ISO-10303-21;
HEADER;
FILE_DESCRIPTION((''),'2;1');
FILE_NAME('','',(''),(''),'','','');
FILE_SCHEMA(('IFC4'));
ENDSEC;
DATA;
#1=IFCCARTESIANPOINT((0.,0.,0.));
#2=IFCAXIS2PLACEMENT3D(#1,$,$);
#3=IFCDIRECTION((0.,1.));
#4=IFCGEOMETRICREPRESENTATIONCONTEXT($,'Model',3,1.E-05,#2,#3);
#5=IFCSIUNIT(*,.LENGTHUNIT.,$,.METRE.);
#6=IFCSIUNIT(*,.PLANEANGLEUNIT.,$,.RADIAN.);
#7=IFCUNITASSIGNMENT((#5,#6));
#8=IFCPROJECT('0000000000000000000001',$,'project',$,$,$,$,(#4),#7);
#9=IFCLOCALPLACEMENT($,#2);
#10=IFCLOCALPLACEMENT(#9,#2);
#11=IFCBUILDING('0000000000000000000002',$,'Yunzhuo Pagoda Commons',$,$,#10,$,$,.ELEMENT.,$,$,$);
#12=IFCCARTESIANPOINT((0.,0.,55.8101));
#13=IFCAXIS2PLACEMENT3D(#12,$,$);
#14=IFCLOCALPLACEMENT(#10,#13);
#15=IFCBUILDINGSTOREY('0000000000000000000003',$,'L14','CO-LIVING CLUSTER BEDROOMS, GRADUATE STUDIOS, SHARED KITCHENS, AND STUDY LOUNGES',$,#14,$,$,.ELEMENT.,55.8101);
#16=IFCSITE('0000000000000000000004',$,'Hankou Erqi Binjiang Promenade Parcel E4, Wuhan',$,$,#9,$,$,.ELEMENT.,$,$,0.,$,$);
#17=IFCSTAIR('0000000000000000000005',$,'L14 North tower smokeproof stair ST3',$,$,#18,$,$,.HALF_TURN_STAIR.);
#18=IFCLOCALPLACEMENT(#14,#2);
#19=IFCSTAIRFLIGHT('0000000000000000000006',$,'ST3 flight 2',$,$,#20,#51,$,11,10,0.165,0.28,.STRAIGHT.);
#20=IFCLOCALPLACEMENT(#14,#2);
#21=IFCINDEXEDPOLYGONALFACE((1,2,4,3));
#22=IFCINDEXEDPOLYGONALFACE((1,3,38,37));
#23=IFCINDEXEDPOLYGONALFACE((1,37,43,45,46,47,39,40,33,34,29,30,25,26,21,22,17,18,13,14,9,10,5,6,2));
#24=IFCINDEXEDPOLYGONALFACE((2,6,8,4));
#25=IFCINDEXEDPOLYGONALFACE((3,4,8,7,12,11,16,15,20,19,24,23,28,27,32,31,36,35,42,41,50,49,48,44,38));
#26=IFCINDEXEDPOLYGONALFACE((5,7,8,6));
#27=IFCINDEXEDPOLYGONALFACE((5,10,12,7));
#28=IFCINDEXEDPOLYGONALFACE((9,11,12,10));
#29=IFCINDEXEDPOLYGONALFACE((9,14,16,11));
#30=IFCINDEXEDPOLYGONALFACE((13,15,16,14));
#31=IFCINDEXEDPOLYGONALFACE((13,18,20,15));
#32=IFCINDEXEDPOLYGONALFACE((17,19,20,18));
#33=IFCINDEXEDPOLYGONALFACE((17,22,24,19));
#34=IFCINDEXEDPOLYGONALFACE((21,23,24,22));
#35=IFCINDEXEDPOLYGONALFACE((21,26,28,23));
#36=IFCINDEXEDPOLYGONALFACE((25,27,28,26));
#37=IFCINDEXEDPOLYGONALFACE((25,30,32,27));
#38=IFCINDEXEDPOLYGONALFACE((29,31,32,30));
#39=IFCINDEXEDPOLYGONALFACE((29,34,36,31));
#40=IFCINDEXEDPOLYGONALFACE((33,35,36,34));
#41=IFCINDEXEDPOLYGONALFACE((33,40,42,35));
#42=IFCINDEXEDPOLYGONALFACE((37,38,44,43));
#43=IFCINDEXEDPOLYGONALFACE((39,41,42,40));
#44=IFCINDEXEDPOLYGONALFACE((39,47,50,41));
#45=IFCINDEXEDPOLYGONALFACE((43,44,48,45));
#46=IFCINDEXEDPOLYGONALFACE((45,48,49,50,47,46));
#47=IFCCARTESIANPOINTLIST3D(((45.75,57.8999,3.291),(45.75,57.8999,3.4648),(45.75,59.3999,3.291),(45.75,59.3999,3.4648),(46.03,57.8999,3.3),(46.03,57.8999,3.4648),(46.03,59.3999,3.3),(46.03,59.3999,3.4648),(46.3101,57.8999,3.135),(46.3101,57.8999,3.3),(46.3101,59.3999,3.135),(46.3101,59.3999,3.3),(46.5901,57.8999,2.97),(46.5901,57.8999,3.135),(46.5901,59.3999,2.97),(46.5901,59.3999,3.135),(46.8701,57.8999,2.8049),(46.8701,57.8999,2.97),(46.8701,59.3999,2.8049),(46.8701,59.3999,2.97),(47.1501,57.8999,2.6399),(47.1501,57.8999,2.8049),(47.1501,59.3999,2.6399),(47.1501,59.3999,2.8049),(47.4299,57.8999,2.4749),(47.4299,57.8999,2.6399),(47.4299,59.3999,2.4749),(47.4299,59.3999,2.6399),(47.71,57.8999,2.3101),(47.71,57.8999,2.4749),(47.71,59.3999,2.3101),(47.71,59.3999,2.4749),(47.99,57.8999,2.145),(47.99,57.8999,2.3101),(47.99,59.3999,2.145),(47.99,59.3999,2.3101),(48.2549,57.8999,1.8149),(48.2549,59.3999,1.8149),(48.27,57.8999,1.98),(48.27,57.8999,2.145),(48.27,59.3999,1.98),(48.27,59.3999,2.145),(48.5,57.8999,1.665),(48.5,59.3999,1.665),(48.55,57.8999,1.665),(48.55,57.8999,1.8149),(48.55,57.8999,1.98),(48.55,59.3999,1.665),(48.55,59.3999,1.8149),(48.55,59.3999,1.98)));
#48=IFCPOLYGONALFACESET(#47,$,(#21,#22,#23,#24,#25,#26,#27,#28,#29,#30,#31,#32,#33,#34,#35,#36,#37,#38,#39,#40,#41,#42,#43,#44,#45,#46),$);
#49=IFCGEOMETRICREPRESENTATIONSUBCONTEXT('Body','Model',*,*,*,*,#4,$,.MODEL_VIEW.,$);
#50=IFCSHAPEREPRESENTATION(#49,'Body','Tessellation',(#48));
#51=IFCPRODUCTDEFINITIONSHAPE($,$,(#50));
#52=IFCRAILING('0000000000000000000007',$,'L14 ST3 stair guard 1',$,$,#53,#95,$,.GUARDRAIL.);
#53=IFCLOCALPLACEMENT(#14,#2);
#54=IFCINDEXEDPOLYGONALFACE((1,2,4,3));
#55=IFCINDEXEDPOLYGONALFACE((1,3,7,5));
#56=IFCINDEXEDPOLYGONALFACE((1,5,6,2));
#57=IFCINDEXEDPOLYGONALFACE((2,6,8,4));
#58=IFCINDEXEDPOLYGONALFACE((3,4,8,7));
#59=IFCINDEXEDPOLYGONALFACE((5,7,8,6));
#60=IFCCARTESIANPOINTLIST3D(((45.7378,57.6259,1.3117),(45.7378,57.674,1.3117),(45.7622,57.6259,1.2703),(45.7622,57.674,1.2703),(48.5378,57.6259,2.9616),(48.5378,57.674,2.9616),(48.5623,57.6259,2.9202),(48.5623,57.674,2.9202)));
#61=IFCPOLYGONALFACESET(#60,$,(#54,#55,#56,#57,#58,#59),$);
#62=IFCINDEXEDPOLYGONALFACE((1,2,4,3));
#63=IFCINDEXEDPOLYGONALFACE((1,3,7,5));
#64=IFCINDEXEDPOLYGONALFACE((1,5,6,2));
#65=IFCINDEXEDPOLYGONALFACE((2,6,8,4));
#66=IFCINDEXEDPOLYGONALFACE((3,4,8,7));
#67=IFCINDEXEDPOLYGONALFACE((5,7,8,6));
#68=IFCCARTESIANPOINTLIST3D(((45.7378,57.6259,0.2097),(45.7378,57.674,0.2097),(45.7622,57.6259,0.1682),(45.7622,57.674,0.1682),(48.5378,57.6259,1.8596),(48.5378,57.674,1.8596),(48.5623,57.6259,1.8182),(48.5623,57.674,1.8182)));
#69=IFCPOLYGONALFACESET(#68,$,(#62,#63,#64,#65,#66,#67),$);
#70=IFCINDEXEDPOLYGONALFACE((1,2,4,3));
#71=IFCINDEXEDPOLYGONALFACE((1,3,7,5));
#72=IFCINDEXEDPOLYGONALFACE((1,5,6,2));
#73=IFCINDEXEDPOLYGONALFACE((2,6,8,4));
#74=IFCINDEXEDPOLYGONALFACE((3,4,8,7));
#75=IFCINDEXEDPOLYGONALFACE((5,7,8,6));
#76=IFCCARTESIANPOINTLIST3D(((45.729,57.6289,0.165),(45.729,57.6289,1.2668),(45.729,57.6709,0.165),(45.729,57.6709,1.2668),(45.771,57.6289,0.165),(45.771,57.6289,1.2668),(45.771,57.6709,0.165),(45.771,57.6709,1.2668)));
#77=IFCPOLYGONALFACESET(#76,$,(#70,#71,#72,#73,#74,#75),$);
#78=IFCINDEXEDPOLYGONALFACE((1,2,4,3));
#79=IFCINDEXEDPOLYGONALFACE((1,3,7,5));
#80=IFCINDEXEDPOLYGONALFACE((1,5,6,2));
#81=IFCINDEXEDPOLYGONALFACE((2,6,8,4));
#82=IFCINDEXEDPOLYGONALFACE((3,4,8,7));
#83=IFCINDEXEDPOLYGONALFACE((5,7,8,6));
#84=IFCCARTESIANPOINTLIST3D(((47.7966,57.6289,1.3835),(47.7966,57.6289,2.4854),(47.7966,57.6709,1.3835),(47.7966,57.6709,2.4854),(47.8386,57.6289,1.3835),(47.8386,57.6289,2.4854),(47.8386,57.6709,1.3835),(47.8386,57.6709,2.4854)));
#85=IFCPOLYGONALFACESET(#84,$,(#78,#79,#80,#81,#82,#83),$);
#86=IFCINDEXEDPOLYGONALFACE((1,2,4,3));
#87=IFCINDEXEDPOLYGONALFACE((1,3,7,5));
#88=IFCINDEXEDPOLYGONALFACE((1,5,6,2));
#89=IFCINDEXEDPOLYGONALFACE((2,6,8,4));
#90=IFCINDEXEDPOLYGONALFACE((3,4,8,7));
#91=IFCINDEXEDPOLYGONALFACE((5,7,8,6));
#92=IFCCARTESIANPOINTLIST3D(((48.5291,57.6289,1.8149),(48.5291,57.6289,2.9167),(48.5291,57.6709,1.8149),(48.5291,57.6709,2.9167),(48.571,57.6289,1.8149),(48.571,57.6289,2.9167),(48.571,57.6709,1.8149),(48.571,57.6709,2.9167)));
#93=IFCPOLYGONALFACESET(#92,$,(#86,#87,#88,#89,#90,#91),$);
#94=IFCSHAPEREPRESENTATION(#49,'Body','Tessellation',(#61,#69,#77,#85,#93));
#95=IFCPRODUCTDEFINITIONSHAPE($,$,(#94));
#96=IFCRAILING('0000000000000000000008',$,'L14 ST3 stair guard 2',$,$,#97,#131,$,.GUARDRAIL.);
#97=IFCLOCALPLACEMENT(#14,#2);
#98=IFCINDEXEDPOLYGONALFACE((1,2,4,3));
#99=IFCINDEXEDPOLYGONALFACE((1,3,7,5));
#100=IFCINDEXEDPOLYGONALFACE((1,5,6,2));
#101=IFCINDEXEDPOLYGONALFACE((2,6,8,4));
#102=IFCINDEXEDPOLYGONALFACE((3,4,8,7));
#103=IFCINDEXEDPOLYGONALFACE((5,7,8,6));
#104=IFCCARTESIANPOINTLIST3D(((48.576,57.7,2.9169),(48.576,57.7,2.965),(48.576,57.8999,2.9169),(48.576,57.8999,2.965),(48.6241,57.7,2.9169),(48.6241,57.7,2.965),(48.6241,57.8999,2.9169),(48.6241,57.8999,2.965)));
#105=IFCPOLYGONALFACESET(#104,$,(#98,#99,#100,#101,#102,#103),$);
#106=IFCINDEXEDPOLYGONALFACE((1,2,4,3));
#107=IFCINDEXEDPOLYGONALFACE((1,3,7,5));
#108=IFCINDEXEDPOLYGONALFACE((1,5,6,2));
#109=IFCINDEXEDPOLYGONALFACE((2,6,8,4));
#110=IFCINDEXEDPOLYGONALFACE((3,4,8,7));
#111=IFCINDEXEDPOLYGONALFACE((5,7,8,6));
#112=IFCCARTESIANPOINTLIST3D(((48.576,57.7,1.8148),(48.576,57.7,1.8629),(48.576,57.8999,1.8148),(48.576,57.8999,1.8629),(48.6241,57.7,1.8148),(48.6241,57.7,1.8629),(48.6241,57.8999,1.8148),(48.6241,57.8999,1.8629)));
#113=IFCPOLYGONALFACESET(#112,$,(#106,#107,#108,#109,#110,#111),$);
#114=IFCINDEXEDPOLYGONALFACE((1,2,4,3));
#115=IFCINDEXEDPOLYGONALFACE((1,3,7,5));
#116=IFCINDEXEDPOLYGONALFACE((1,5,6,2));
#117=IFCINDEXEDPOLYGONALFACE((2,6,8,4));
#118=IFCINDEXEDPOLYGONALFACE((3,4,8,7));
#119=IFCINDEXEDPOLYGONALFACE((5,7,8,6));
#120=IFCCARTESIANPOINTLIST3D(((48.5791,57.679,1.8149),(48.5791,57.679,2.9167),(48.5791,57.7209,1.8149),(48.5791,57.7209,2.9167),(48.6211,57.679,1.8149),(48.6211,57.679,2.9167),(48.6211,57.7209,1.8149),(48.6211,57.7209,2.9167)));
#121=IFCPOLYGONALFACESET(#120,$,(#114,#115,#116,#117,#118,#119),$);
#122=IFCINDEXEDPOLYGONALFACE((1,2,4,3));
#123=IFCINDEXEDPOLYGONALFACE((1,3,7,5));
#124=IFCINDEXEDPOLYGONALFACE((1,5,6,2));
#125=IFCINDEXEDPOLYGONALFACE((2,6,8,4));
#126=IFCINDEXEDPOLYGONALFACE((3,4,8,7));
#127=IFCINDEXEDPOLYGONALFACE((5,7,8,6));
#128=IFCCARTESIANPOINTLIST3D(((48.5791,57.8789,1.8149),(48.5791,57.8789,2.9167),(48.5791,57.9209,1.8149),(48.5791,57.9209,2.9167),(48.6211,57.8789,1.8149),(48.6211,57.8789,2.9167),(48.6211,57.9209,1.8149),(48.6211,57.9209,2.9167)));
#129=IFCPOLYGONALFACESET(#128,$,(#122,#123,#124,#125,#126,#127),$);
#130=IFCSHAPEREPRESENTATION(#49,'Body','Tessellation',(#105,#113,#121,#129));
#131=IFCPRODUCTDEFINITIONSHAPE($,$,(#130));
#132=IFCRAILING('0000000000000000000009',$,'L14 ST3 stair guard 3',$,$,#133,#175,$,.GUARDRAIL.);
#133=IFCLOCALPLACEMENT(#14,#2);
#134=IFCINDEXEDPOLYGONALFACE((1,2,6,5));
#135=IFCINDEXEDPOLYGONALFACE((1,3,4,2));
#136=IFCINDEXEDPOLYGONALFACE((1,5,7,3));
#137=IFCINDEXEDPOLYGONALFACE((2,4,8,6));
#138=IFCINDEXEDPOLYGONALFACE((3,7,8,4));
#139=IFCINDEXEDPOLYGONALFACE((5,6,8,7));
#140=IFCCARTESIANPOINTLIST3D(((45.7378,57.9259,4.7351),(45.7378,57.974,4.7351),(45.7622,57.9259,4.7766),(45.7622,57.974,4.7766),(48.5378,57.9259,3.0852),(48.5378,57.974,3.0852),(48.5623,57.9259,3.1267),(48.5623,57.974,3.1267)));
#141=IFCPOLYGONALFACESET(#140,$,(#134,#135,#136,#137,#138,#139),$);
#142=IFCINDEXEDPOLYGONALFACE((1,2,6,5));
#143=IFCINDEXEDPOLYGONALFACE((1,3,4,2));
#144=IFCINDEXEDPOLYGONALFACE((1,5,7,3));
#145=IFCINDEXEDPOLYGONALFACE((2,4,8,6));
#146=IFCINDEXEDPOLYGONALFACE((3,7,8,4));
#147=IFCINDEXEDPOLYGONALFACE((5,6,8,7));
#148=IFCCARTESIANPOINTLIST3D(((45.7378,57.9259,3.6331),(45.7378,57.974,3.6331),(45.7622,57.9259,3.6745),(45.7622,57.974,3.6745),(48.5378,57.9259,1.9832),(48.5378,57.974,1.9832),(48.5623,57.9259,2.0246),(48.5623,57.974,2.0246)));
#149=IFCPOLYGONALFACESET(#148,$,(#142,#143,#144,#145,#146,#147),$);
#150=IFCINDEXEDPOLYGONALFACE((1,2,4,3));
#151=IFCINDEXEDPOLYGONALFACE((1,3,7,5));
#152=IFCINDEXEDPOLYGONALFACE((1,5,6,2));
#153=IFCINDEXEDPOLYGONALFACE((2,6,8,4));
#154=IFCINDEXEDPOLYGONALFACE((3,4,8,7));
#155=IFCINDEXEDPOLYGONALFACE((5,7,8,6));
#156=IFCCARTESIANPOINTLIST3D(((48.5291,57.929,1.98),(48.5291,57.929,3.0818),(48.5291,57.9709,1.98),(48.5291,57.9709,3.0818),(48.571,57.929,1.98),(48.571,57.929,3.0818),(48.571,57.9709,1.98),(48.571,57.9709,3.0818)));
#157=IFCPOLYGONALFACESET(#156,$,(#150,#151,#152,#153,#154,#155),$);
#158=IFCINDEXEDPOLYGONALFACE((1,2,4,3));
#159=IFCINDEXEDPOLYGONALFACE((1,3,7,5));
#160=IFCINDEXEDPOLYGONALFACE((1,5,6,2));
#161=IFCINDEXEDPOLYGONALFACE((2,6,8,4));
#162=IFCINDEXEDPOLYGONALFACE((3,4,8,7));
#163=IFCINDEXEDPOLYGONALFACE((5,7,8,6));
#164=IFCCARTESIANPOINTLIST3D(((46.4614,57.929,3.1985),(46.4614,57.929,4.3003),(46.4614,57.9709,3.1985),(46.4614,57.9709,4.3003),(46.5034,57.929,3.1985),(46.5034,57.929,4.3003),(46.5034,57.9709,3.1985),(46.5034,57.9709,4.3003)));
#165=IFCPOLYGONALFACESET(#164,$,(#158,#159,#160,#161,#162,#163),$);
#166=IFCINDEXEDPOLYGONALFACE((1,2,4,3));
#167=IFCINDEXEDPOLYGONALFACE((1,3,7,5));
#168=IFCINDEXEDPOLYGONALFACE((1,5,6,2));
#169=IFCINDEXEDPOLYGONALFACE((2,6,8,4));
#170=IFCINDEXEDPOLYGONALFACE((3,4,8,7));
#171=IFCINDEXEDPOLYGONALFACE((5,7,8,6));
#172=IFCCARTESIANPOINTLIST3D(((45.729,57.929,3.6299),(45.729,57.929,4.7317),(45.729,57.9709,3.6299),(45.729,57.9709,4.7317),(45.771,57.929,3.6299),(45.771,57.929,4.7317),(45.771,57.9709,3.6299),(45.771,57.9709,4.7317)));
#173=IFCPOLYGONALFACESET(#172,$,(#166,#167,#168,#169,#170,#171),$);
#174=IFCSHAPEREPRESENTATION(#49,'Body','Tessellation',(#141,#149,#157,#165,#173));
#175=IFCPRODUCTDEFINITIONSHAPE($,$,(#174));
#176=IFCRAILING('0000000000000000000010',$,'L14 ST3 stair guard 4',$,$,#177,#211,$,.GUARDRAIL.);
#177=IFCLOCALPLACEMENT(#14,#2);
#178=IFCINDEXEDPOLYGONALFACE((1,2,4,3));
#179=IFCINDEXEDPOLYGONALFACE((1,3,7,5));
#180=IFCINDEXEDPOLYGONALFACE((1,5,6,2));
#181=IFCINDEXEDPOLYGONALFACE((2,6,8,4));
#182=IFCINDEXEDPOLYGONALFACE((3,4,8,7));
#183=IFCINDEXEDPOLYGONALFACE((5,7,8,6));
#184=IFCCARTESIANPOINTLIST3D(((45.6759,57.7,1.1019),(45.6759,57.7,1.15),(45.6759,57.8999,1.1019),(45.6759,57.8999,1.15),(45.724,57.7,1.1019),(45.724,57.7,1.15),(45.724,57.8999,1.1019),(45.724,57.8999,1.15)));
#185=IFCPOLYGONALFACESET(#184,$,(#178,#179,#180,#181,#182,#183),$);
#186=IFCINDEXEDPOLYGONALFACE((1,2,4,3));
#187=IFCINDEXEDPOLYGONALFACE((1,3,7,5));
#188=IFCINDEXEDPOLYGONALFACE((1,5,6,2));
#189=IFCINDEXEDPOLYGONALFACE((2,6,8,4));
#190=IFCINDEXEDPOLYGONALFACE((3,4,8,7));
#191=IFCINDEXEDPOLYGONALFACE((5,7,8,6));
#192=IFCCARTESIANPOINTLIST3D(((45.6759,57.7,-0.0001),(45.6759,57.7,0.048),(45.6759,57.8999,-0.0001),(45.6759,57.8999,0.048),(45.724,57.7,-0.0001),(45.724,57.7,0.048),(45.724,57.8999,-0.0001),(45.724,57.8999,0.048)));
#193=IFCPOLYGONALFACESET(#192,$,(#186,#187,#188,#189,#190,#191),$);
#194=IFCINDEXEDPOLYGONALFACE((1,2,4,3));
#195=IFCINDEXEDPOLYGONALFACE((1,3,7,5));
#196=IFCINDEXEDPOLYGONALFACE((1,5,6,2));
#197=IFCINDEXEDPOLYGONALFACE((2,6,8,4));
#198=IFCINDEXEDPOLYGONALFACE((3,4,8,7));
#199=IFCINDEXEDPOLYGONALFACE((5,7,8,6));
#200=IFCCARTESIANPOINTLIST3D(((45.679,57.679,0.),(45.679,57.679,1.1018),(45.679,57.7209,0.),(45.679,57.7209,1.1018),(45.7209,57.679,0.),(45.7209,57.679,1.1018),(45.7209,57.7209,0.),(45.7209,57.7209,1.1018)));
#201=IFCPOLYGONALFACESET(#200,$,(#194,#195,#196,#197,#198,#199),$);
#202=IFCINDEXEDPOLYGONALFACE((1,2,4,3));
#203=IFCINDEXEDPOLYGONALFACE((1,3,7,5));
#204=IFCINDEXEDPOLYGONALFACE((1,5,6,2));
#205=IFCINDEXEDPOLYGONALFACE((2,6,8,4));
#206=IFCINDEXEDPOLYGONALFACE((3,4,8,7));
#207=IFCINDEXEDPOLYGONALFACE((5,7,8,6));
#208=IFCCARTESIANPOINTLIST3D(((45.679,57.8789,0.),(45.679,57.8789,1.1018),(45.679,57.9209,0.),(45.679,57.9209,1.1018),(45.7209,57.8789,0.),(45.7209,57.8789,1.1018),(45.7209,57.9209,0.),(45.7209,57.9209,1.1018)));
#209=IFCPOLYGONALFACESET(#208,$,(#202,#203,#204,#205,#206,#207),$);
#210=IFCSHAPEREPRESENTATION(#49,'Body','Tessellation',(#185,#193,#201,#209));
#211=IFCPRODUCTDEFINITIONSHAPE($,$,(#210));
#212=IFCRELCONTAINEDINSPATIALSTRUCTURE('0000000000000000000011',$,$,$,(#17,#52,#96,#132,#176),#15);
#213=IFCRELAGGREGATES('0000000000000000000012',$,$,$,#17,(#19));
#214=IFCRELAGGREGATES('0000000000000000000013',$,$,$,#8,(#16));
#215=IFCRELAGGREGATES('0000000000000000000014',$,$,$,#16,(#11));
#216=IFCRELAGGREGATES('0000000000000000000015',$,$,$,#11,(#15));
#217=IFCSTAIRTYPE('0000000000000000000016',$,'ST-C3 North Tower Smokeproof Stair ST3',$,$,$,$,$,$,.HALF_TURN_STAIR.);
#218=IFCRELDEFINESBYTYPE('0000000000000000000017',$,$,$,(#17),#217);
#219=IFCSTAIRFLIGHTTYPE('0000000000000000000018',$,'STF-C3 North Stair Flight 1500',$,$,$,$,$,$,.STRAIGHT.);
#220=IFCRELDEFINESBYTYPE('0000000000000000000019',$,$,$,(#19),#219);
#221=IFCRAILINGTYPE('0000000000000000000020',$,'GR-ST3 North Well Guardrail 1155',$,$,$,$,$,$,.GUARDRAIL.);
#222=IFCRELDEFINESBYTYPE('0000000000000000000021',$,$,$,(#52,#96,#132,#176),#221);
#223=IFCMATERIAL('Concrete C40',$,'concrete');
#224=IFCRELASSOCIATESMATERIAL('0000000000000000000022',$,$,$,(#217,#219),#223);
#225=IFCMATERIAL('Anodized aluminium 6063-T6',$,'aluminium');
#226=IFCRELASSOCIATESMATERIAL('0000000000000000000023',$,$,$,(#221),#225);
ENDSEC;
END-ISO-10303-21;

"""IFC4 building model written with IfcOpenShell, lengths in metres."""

from ifc_helpers import new_model, si_unit, direction, frame, origin, origin_2d, place, context, subcontext, project, spatial, polyline, rectangle, outline, extrude, source, transform, mapped, material, type_object, element, aggregate, save


model = new_model("IFC4")

# Units and contexts
model_context = context("Model", 3, precision=1e-05, world=origin(), true_north=direction((0.0, 1.0)))
body_context = subcontext(model_context, "Body", "Model", "MODEL_VIEW")
ifc_project = project(units=[si_unit("LENGTHUNIT", "METRE"), si_unit("PLANEANGLEUNIT", "RADIAN")], contexts=[model_context])

# Site, building, storey
site_placement = place(None, origin())
site = spatial("IfcSite", under=ifc_project, at=site_placement, Name="Hankou Erqi Binjiang Promenade Parcel E4, Wuhan", CompositionType="ELEMENT", RefElevation=0.0)
building_placement = place(site_placement, origin())
building = spatial("IfcBuilding", under=site, at=building_placement, Name="Yunzhuo Pagoda Commons", CompositionType="ELEMENT")
storey_placement = place(building_placement, frame((0.0, 0.0, 55.8101)))
storey = spatial("IfcBuildingStorey", under=building, at=storey_placement, Name="L14", Description="CO-LIVING CLUSTER BEDROOMS, GRADUATE STUDIOS, SHARED KITCHENS, AND STUDY LOUNGES", CompositionType="ELEMENT", Elevation=55.8101)

# Shared definitions
ifc_material_1 = material(Name="Anodized aluminium 6063-T6", Category="aluminium")

# Stair, stair flight
ifc_material_2 = material(Name="Concrete C40", Category="concrete")
stair_type = type_object("IfcStairType", Name="ST-C3 North Tower Smokeproof Stair ST3", PredefinedType="HALF_TURN_STAIR", material=ifc_material_2)
stair_placement = place(storey_placement, origin())
stair = element("IfcStair", 1, at=stair_placement, inside=storey, type_object=stair_type, Name="L14 North tower smokeproof stair ST3", PredefinedType="HALF_TURN_STAIR")
stair_flight_type = type_object("IfcStairFlightType", Name="STF-C3 North Stair Flight 1500", PredefinedType="STRAIGHT", material=ifc_material_2)
shared_shape_1 = source(origin(), body_context, "Body", "SweptSolid", [
    extrude(outline(polyline([(0.0, -0.1499), (0.0, 0.0), (0.0, 0.165), (0.28, 0.165), (0.28, 0.3301), (0.5601, 0.3301), (0.5601, 0.4951), (0.8401, 0.4951), (0.8401, 0.6599), (1.1201, 0.6599), (1.1201, 0.825), (1.3999, 0.825), (1.3999, 0.99), (1.6799, 0.99), (1.6799, 1.155), (1.96, 1.155), (1.96, 1.3201), (2.24, 1.3201), (2.24, 1.4851), (2.52, 1.4851), (2.52, 1.6499), (2.8, 1.6499), (2.8, 1.8149), (2.8, 1.4761), (0.2952, 0.0), (0.05, -0.1499), (0.0, -0.1499)])), frame((0.0, 0.75, 0.0), z_axis=(0.0, -1.0, 0.0), x_axis=(1.0, 0.0, 0.0)), (0.0, 0.0, 1.0), 1.5),
])
stair_flight_1_placement = place(storey_placement, frame((48.55, 58.6499, 1.8149), z_axis=(0.0, 0.0, 1.0), x_axis=(-1.0, 0.0, 0.0)))
stair_flight_1 = element("IfcStairFlight", 2, at=stair_flight_1_placement, type_object=stair_flight_type, Name="ST3 flight 2", NumberOfRisers=11, NumberOfTreads=10, PredefinedType="STRAIGHT", RiserHeight=0.165, TreadLength=0.28, context=body_context, shape_type="MappedRepresentation", body=[
    mapped(shared_shape_1, transform((0.0, 0.0, 0.0), scale=1.0)),
])
aggregate(stair, [stair_flight_1])

# Railings
railing_type_1 = type_object("IfcRailingType", Name="GR-ST3 North Well Guardrail 1155", PredefinedType="GUARDRAIL", material=ifc_material_1)
railing_1_placement = place(storey_placement, frame((45.75, 57.6499, 0.165)))
element("IfcRailing", 3, at=railing_1_placement, inside=storey, type_object=railing_type_1, Name="L14 ST3 stair guard 1", PredefinedType="GUARDRAIL", context=body_context, shape_type="SweptSolid", body=[
    extrude(rectangle(XDim=0.0481, YDim=0.0481, at=origin_2d()), frame((0.0, 0.0, 1.126), z_axis=(0.861555, 0.0, 0.507663), x_axis=(0.0, 1.0, 0.0)), (0.0, 0.0, 1.0), 3.25),
    extrude(rectangle(XDim=0.0481, YDim=0.0481, at=origin_2d()), frame((0.0, 0.0, 0.0239), z_axis=(0.861555, 0.0, 0.507663), x_axis=(0.0, 1.0, 0.0)), (0.0, 0.0, 1.0), 3.25),
    extrude(rectangle(XDim=0.042, YDim=0.042, at=origin_2d()), origin(), (0.0, 0.0, 1.0), 1.1018),
    extrude(rectangle(XDim=0.042, YDim=0.042, at=origin_2d()), frame((2.0676, 0.0, 1.2185)), (0.0, 0.0, 1.0), 1.1018),
    extrude(rectangle(XDim=0.042, YDim=0.042, at=origin_2d()), frame((2.8, 0.0, 1.6499)), (0.0, 0.0, 1.0), 1.1018),
])
railing_2_placement = place(storey_placement, frame((48.6001, 57.7, 1.8149)))
element("IfcRailing", 4, at=railing_2_placement, inside=storey, type_object=railing_type_1, Name="L14 ST3 stair guard 2", PredefinedType="GUARDRAIL", context=body_context, shape_type="SweptSolid", body=[
    extrude(rectangle(XDim=0.0481, YDim=0.0481, at=origin_2d()), frame((0.0, 0.0, 1.126), z_axis=(0.0, 1.0, 0.0), x_axis=(-1.0, 0.0, 0.0)), (0.0, 0.0, 1.0), 0.2),
    extrude(rectangle(XDim=0.0481, YDim=0.0481, at=origin_2d()), frame((0.0, 0.0, 0.0239), z_axis=(0.0, 1.0, 0.0), x_axis=(-1.0, 0.0, 0.0)), (0.0, 0.0, 1.0), 0.2),
    extrude(rectangle(XDim=0.042, YDim=0.042, at=origin_2d()), origin(), (0.0, 0.0, 1.0), 1.1018),
    extrude(rectangle(XDim=0.042, YDim=0.042, at=origin_2d()), frame((0.0, 0.2, 0.0)), (0.0, 0.0, 1.0), 1.1018),
])
railing_3_placement = place(storey_placement, frame((48.55, 57.95, 1.98)))
element("IfcRailing", 5, at=railing_3_placement, inside=storey, type_object=railing_type_1, Name="L14 ST3 stair guard 3", PredefinedType="GUARDRAIL", context=body_context, shape_type="SweptSolid", body=[
    extrude(rectangle(XDim=0.0481, YDim=0.0481, at=origin_2d()), frame((0.0, 0.0, 1.126), z_axis=(-0.861555, 0.0, 0.507663), x_axis=(0.0, -1.0, 0.0)), (0.0, 0.0, 1.0), 3.25),
    extrude(rectangle(XDim=0.0481, YDim=0.0481, at=origin_2d()), frame((0.0, 0.0, 0.0239), z_axis=(-0.861555, 0.0, 0.507663), x_axis=(0.0, -1.0, 0.0)), (0.0, 0.0, 1.0), 3.25),
    extrude(rectangle(XDim=0.042, YDim=0.042, at=origin_2d()), origin(), (0.0, 0.0, 1.0), 1.1018),
    extrude(rectangle(XDim=0.042, YDim=0.042, at=origin_2d()), frame((-2.0676, 0.0, 1.2185)), (0.0, 0.0, 1.0), 1.1018),
    extrude(rectangle(XDim=0.042, YDim=0.042, at=origin_2d()), frame((-2.8, 0.0, 1.6499)), (0.0, 0.0, 1.0), 1.1018),
])
railing_4_placement = place(storey_placement, frame((45.7, 57.7, 0.0)))
element("IfcRailing", 6, at=railing_4_placement, inside=storey, type_object=railing_type_1, Name="L14 ST3 stair guard 4", PredefinedType="GUARDRAIL", context=body_context, shape_type="SweptSolid", body=[
    extrude(rectangle(XDim=0.0481, YDim=0.0481, at=origin_2d()), frame((0.0, 0.0, 1.126), z_axis=(0.0, 1.0, 0.0), x_axis=(-1.0, 0.0, 0.0)), (0.0, 0.0, 1.0), 0.2),
    extrude(rectangle(XDim=0.0481, YDim=0.0481, at=origin_2d()), frame((0.0, 0.0, 0.0239), z_axis=(0.0, 1.0, 0.0), x_axis=(-1.0, 0.0, 0.0)), (0.0, 0.0, 1.0), 0.2),
    extrude(rectangle(XDim=0.042, YDim=0.042, at=origin_2d()), origin(), (0.0, 0.0, 1.0), 1.1018),
    extrude(rectangle(XDim=0.042, YDim=0.042, at=origin_2d()), frame((0.0, 0.2, 0.0)), (0.0, 0.0, 1.0), 1.1018),
])

save(model, "model.ifc")
